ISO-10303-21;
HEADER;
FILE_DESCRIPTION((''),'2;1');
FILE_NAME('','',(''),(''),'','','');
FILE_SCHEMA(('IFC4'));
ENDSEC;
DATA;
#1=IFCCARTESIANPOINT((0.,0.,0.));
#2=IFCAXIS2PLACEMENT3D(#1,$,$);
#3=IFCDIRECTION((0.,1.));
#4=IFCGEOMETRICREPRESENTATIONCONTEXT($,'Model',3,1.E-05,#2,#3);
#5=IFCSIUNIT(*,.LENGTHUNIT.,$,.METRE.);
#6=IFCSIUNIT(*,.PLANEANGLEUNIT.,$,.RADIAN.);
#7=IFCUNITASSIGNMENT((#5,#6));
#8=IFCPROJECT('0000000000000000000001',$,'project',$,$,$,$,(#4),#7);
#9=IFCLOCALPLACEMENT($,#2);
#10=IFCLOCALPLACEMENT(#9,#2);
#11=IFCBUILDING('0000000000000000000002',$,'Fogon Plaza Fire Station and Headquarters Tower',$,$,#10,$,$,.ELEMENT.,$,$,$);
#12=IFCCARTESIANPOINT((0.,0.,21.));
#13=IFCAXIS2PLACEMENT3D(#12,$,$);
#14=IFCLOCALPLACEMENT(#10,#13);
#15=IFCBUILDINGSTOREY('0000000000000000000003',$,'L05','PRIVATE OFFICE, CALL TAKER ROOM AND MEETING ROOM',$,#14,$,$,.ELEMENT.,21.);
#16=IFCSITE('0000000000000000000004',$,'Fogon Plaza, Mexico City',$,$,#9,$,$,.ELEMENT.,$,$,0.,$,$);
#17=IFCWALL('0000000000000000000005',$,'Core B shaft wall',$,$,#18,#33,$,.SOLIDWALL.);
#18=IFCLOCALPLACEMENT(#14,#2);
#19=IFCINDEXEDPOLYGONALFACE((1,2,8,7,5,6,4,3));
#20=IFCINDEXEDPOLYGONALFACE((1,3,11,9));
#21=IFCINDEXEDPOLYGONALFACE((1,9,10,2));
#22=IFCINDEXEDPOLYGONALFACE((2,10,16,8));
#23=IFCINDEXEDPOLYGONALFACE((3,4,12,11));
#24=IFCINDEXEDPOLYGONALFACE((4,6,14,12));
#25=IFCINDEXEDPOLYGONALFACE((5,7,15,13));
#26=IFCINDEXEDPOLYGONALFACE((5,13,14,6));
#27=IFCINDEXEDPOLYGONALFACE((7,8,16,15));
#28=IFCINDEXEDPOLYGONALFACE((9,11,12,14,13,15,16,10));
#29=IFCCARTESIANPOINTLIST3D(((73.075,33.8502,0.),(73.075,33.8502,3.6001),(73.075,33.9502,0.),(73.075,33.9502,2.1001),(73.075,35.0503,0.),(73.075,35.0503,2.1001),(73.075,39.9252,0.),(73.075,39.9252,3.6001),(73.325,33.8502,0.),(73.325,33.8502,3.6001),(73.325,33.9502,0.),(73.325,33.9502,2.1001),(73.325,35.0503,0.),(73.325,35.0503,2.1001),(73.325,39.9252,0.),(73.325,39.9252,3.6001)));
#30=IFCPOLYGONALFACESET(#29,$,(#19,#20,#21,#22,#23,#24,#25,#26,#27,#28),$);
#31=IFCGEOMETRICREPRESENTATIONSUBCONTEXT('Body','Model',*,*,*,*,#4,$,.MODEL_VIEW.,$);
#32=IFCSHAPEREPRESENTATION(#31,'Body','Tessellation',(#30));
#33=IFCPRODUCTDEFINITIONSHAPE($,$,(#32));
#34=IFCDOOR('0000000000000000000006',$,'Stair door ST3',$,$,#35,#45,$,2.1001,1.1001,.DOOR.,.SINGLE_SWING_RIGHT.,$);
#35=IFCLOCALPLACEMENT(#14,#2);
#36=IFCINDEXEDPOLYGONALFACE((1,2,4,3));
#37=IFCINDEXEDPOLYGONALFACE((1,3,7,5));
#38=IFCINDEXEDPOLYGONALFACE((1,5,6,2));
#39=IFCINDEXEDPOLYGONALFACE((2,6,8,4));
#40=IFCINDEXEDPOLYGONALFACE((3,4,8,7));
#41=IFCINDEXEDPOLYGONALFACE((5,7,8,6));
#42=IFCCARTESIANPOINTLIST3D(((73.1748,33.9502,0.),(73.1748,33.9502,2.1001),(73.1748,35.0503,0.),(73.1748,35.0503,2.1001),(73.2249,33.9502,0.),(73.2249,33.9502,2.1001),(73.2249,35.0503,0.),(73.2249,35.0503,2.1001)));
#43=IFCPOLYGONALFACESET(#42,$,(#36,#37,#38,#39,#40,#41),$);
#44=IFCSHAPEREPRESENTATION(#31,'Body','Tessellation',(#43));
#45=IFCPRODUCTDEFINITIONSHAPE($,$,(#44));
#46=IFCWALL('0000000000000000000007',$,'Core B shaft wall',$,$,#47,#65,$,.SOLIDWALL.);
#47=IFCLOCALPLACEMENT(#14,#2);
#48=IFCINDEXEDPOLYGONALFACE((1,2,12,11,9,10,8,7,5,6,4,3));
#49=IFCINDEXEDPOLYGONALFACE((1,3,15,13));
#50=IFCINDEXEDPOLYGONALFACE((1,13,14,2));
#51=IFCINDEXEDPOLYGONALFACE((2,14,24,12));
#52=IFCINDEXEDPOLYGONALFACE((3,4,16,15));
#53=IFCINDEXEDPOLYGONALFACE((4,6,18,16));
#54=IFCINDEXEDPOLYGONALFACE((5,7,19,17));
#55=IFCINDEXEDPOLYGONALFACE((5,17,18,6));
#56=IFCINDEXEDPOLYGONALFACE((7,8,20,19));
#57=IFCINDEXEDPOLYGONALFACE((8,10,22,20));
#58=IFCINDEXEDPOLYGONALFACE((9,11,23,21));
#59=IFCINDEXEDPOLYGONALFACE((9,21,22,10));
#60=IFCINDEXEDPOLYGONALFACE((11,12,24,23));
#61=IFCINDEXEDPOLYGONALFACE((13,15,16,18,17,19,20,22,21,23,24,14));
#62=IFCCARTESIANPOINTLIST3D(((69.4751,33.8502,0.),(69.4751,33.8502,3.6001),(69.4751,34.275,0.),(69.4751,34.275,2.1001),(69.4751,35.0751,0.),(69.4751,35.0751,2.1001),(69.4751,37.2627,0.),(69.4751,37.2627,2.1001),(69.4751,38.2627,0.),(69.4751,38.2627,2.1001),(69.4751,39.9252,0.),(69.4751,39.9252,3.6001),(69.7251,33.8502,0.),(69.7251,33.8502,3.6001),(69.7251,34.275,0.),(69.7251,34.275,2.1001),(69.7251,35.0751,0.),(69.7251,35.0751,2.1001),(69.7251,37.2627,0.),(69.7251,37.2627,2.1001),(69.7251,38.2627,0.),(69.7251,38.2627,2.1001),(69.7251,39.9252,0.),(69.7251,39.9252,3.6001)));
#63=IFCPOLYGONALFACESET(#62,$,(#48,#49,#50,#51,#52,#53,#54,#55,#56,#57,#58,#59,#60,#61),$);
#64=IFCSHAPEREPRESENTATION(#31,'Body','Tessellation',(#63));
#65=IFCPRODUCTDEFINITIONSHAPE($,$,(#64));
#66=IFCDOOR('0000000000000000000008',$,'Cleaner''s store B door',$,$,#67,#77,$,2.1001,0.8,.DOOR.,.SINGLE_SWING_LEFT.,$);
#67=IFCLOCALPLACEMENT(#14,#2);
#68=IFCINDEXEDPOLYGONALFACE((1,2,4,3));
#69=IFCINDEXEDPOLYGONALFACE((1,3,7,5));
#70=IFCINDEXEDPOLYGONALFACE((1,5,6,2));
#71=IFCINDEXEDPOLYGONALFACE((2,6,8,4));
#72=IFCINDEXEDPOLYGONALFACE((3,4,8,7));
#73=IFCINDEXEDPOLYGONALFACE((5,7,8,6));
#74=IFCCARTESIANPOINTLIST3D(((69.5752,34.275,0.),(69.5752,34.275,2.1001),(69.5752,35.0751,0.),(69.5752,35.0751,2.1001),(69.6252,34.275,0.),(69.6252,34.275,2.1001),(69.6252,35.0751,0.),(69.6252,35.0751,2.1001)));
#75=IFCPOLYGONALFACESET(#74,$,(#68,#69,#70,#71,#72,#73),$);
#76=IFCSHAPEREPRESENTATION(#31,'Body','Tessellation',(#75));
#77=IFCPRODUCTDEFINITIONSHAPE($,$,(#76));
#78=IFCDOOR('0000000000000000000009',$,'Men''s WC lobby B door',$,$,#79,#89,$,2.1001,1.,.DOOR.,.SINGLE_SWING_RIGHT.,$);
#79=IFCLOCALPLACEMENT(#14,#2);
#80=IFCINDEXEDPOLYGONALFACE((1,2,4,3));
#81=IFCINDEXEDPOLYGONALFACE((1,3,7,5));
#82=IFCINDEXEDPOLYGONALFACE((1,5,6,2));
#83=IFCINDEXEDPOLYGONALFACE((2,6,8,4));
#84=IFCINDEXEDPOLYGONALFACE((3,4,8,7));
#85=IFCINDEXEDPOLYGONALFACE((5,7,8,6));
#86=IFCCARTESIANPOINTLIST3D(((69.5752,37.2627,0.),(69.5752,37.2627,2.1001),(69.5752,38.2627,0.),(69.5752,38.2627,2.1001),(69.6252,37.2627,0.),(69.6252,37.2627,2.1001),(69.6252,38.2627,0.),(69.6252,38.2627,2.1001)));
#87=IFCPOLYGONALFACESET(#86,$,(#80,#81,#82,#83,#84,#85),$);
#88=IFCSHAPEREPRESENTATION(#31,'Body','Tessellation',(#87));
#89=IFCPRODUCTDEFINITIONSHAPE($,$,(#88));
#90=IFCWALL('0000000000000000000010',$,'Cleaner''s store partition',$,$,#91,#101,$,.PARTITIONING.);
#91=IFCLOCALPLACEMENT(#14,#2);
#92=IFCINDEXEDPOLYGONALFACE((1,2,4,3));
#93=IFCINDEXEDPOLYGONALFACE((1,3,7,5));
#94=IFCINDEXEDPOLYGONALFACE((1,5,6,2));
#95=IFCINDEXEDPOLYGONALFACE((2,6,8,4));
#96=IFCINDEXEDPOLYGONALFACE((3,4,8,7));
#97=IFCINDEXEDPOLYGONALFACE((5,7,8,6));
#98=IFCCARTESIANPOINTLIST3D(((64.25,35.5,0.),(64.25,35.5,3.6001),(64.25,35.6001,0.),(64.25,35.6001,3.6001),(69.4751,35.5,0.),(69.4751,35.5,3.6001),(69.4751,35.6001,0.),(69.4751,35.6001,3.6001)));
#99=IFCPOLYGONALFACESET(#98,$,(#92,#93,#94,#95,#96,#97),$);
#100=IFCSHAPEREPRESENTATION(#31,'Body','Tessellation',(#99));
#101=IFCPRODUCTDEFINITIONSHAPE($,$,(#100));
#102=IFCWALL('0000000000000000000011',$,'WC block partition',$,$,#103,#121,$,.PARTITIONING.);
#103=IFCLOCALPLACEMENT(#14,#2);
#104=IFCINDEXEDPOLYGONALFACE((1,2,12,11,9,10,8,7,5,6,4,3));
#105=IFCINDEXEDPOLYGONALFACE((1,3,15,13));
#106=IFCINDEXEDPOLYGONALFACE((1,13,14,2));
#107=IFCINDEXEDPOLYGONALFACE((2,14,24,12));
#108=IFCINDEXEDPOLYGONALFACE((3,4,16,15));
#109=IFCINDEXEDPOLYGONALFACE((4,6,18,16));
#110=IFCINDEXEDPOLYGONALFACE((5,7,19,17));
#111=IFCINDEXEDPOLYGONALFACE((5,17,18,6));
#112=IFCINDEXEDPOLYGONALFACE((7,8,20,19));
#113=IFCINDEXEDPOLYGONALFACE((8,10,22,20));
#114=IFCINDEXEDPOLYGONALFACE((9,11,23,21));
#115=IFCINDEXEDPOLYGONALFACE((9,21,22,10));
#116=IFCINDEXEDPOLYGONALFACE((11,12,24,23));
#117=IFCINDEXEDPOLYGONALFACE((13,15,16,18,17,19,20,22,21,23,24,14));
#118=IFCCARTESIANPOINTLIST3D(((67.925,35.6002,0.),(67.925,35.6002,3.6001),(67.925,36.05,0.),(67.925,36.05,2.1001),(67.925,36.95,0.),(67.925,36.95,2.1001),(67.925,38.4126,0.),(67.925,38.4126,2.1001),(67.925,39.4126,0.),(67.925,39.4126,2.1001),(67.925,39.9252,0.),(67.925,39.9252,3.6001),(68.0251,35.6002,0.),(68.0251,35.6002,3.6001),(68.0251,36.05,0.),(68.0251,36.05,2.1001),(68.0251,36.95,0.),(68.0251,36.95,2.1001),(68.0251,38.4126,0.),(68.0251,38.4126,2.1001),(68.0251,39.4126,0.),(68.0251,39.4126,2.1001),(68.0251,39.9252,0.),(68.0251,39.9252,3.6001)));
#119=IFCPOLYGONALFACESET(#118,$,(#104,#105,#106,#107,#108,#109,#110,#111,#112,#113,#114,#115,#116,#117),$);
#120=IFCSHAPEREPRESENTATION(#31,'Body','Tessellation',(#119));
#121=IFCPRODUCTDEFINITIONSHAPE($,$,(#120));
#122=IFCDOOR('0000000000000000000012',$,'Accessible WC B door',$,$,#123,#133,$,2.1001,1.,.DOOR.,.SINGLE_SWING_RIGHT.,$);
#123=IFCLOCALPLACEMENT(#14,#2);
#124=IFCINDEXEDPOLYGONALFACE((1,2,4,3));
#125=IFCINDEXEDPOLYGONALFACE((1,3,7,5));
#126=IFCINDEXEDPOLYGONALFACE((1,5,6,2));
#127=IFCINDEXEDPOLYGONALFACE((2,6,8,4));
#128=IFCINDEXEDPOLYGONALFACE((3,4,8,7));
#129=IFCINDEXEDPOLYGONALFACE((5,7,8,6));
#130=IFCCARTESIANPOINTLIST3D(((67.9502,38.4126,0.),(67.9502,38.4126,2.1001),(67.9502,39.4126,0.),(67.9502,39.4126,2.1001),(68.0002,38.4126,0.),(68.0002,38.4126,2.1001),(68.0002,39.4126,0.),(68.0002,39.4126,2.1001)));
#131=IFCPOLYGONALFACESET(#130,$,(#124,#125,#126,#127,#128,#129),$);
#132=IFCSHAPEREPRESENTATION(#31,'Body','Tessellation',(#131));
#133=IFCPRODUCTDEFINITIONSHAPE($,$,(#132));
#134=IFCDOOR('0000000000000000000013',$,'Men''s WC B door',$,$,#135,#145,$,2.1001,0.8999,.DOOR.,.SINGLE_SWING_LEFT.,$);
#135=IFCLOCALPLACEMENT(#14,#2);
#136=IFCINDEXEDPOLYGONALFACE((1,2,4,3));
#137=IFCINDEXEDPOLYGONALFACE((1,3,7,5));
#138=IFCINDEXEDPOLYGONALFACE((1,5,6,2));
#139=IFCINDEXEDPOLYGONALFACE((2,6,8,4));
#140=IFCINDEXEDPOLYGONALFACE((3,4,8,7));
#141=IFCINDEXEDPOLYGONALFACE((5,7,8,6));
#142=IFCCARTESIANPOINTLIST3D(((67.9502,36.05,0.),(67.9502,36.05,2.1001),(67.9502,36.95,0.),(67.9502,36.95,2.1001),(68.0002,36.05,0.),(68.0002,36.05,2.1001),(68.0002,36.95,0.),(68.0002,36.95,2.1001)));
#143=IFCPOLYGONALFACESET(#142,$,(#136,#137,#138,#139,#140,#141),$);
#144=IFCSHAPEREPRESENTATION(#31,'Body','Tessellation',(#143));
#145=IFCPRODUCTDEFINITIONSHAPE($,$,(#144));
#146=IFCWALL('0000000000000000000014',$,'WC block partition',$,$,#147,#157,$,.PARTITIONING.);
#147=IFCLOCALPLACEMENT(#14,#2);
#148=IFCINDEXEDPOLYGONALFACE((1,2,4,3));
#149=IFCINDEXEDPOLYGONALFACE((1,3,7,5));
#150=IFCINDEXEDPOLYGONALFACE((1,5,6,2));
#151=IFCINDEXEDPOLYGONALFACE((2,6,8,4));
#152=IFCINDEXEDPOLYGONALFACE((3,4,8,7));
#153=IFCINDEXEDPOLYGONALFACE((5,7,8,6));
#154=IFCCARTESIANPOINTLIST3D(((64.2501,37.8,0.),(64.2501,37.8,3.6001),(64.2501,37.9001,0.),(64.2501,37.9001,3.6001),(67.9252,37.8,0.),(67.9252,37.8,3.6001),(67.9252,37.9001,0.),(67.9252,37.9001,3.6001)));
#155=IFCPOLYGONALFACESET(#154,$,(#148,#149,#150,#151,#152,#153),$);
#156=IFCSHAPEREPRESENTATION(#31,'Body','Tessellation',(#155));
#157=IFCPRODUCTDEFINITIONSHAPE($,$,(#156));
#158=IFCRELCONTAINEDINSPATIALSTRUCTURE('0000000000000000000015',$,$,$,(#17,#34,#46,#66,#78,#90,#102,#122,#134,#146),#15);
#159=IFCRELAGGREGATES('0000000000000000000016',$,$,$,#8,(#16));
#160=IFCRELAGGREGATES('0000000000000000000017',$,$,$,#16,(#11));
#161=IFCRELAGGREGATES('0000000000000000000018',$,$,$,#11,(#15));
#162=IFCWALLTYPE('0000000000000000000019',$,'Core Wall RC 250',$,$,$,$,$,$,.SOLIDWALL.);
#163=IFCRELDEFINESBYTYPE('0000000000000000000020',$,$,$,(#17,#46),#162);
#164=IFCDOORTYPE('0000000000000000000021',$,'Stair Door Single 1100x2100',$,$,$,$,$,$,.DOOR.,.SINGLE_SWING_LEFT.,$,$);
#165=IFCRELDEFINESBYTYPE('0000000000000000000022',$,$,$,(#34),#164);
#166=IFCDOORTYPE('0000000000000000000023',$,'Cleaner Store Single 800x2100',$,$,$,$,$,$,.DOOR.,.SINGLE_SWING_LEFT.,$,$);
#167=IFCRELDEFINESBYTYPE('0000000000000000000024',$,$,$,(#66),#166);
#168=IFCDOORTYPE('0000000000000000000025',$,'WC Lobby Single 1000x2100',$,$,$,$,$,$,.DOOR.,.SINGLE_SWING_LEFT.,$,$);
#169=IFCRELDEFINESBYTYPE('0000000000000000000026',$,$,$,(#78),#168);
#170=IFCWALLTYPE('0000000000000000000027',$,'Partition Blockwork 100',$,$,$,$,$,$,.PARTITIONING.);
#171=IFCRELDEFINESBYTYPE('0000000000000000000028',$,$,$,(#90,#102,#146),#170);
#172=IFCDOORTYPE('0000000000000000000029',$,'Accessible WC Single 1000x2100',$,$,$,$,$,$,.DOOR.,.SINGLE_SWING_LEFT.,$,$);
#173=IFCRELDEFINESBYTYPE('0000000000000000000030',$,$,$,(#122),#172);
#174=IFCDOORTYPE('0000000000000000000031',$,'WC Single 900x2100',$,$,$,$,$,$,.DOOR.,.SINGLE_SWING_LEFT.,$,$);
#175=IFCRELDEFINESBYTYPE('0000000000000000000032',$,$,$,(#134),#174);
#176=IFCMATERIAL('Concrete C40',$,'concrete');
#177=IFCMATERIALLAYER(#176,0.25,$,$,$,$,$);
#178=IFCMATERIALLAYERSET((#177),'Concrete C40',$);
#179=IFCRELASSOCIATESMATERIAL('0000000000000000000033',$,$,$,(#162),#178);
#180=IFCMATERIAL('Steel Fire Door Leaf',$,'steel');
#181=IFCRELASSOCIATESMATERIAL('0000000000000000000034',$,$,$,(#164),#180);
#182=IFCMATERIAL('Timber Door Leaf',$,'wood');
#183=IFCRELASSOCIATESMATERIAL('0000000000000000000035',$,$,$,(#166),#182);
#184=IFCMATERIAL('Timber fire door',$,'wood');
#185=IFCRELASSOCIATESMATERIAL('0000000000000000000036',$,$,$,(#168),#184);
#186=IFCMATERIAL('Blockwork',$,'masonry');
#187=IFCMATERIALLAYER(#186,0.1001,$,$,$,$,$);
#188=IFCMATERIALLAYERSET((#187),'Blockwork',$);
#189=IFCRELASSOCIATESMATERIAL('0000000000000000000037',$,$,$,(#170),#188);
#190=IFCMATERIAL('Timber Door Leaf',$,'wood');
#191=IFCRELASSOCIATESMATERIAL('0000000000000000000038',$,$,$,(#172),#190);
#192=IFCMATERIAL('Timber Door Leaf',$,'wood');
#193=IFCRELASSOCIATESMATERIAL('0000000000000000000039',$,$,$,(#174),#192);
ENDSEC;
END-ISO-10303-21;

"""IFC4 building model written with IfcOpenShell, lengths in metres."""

from ifc_helpers import new_model, si_unit, direction, frame, frame_2d, origin, place, context, subcontext, project, spatial, rectangle, extrude, material, layer, layer_set, type_object, element, fill, save


model = new_model("IFC4")

# Units and contexts
model_context = context("Model", 3, precision=1e-05, world=origin(), true_north=direction((0.0, 1.0)))
body_context = subcontext(model_context, "Body", "Model", "MODEL_VIEW")
ifc_project = project(units=[si_unit("LENGTHUNIT", "METRE"), si_unit("PLANEANGLEUNIT", "RADIAN")], contexts=[model_context])

# Site, building, storey
site_placement = place(None, origin())
site = spatial("IfcSite", under=ifc_project, at=site_placement, Name="Fogon Plaza, Mexico City", CompositionType="ELEMENT", RefElevation=0.0)
building_placement = place(site_placement, origin())
building = spatial("IfcBuilding", under=site, at=building_placement, Name="Fogon Plaza Fire Station and Headquarters Tower", CompositionType="ELEMENT")
storey_placement = place(building_placement, frame((0.0, 0.0, 21.0)))
storey = spatial("IfcBuildingStorey", under=building, at=storey_placement, Name="L05", Description="PRIVATE OFFICE, CALL TAKER ROOM AND MEETING ROOM", CompositionType="ELEMENT", Elevation=21.0)

# Wall, opening, door
ifc_material_1 = material(Name="Concrete C40", Category="concrete")
ifc_layer_1 = layer(ifc_material_1, 0.25)
ifc_layer_set_1 = layer_set([ifc_layer_1], Name="Concrete C40")
wall_type_1 = type_object("IfcWallType", Name="Core Wall RC 250", PredefinedType="SOLIDWALL", material=ifc_layer_set_1)
wall_1_placement = place(storey_placement, frame((73.2, 33.8501, 0.0), z_axis=(0.0, 0.0, 1.0), x_axis=(0.0, 1.0, 0.0)))
wall_1 = element("IfcWall", 1, at=wall_1_placement, inside=storey, type_object=wall_type_1, Name="Core B shaft wall", PredefinedType="SOLIDWALL", context=body_context, shape_type="SweptSolid", body=[
    extrude(rectangle(XDim=6.075, YDim=0.25, at=frame_2d((3.0376, 0.0))), origin(), (0.0, 0.0, 1.0), 3.6001),
])
opening_1_placement = place(wall_1_placement, frame((0.1001, 0.0, 0.0)))
opening_1 = element("IfcOpeningElement", 2, at=opening_1_placement, cuts=wall_1, PredefinedType="OPENING", context=body_context, shape_type="SweptSolid", body=[
    extrude(rectangle(XDim=1.1001, YDim=2.1001, at=frame_2d((0.55, 1.05))), frame((0.0, 0.135, 0.0), z_axis=(0.0, -1.0, 0.0), x_axis=(1.0, 0.0, 0.0)), (0.0, 0.0, 1.0), 0.27),
])
ifc_material_2 = material(Name="Steel Fire Door Leaf", Category="steel")
door_type_1 = type_object("IfcDoorType", Name="Stair Door Single 1100x2100", OperationType="SINGLE_SWING_LEFT", PredefinedType="DOOR", material=ifc_material_2)
door_1_placement = place(opening_1_placement, frame((1.1001, 0.0, 0.0), z_axis=(0.0, 0.0, 1.0), x_axis=(-1.0, 0.0, 0.0)))
door_1 = element("IfcDoor", 3, at=door_1_placement, inside=storey, type_object=door_type_1, Name="Stair door ST3", OperationType="SINGLE_SWING_RIGHT", OverallHeight=2.1001, OverallWidth=1.1001, PredefinedType="DOOR", context=body_context, shape_type="SweptSolid", body=[
    extrude(rectangle(XDim=1.1001, YDim=2.1001, at=frame_2d((0.55, 1.05))), frame((0.0, 0.0249, 0.0), z_axis=(0.0, -1.0, 0.0), x_axis=(1.0, 0.0, 0.0)), (0.0, 0.0, 1.0), 0.05),
])
fill(opening_1, door_1)

# Wall, openings, doors
wall_2_placement = place(storey_placement, frame((69.6001, 33.8501, 0.0), z_axis=(0.0, 0.0, 1.0), x_axis=(0.0, 1.0, 0.0)))
wall_2 = element("IfcWall", 4, at=wall_2_placement, inside=storey, type_object=wall_type_1, Name="Core B shaft wall", PredefinedType="SOLIDWALL", context=body_context, shape_type="SweptSolid", body=[
    extrude(rectangle(XDim=6.075, YDim=0.25, at=frame_2d((3.0376, 0.0))), origin(), (0.0, 0.0, 1.0), 3.6001),
])
opening_2_placement = place(wall_2_placement, frame((0.425, 0.0, 0.0)))
opening_2 = element("IfcOpeningElement", 5, at=opening_2_placement, cuts=wall_2, PredefinedType="OPENING", context=body_context, shape_type="SweptSolid", body=[
    extrude(rectangle(XDim=0.8, YDim=2.1001, at=frame_2d((0.3999, 1.05))), frame((0.0, 0.135, 0.0), z_axis=(0.0, -1.0, 0.0), x_axis=(1.0, 0.0, 0.0)), (0.0, 0.0, 1.0), 0.27),
])
opening_3_placement = place(wall_2_placement, frame((3.4126, 0.0, 0.0)))
opening_3 = element("IfcOpeningElement", 6, at=opening_3_placement, cuts=wall_2, PredefinedType="OPENING", context=body_context, shape_type="SweptSolid", body=[
    extrude(rectangle(XDim=1.0, YDim=2.1001, at=frame_2d((0.5, 1.05))), frame((0.0, 0.135, 0.0), z_axis=(0.0, -1.0, 0.0), x_axis=(1.0, 0.0, 0.0)), (0.0, 0.0, 1.0), 0.27),
])
ifc_material_3 = material(Name="Timber Door Leaf", Category="wood")
door_type_2 = type_object("IfcDoorType", Name="Cleaner Store Single 800x2100", OperationType="SINGLE_SWING_LEFT", PredefinedType="DOOR", material=ifc_material_3)
door_2_placement = place(opening_2_placement, origin())
door_2 = element("IfcDoor", 7, at=door_2_placement, inside=storey, type_object=door_type_2, Name="Cleaner's store B door", OperationType="SINGLE_SWING_LEFT", OverallHeight=2.1001, OverallWidth=0.8, PredefinedType="DOOR", context=body_context, shape_type="SweptSolid", body=[
    extrude(rectangle(XDim=0.8, YDim=2.1001, at=frame_2d((0.3999, 1.05))), frame((0.0, 0.0249, 0.0), z_axis=(0.0, -1.0, 0.0), x_axis=(1.0, 0.0, 0.0)), (0.0, 0.0, 1.0), 0.05),
])
fill(opening_2, door_2)
ifc_material_4 = material(Name="Timber fire door", Category="wood")
door_type_3 = type_object("IfcDoorType", Name="WC Lobby Single 1000x2100", OperationType="SINGLE_SWING_LEFT", PredefinedType="DOOR", material=ifc_material_4)
door_3_placement = place(opening_3_placement, origin())
door_3 = element("IfcDoor", 8, at=door_3_placement, inside=storey, type_object=door_type_3, Name="Men's WC lobby B door", OperationType="SINGLE_SWING_RIGHT", OverallHeight=2.1001, OverallWidth=1.0, PredefinedType="DOOR", context=body_context, shape_type="SweptSolid", body=[
    extrude(rectangle(XDim=1.0, YDim=2.1001, at=frame_2d((0.5, 1.05))), frame((0.0, 0.0249, 0.0), z_axis=(0.0, -1.0, 0.0), x_axis=(1.0, 0.0, 0.0)), (0.0, 0.0, 1.0), 0.05),
])
fill(opening_3, door_3)

# Wall
ifc_material_5 = material(Name="Blockwork", Category="masonry")
ifc_layer_2 = layer(ifc_material_5, 0.1001)
ifc_layer_set_2 = layer_set([ifc_layer_2], Name="Blockwork")
wall_type_2 = type_object("IfcWallType", Name="Partition Blockwork 100", PredefinedType="PARTITIONING", material=ifc_layer_set_2)
wall_3_placement = place(storey_placement, frame((69.4751, 35.55, 0.0), z_axis=(0.0, 0.0, 1.0), x_axis=(-1.0, 0.0, 0.0)))
element("IfcWall", 9, at=wall_3_placement, inside=storey, type_object=wall_type_2, Name="Cleaner's store partition", PredefinedType="PARTITIONING", context=body_context, shape_type="SweptSolid", body=[
    extrude(rectangle(XDim=5.2251, YDim=0.1001, at=frame_2d((2.6125, 0.0))), origin(), (0.0, 0.0, 1.0), 3.6001),
])

# Wall, openings, doors
wall_4_placement = place(storey_placement, frame((67.9751, 35.6001, 0.0), z_axis=(0.0, 0.0, 1.0), x_axis=(0.0, 1.0, 0.0)))
wall_4 = element("IfcWall", 10, at=wall_4_placement, inside=storey, type_object=wall_type_2, Name="WC block partition", PredefinedType="PARTITIONING", context=body_context, shape_type="SweptSolid", body=[
    extrude(rectangle(XDim=4.325, YDim=0.1001, at=frame_2d((2.1626, 0.0))), origin(), (0.0, 0.0, 1.0), 3.6001),
])
opening_4_placement = place(wall_4_placement, frame((0.45, 0.0, 0.0)))
opening_4 = element("IfcOpeningElement", 11, at=opening_4_placement, cuts=wall_4, PredefinedType="OPENING", context=body_context, shape_type="SweptSolid", body=[
    extrude(rectangle(XDim=0.8999, YDim=2.1001, at=frame_2d((0.45, 1.05))), frame((0.0, 0.0601, 0.0), z_axis=(0.0, -1.0, 0.0), x_axis=(1.0, 0.0, 0.0)), (0.0, 0.0, 1.0), 0.1201),
])
opening_5_placement = place(wall_4_placement, frame((2.8125, 0.0, 0.0)))
opening_5 = element("IfcOpeningElement", 12, at=opening_5_placement, cuts=wall_4, PredefinedType="OPENING", context=body_context, shape_type="SweptSolid", body=[
    extrude(rectangle(XDim=1.0, YDim=2.1001, at=frame_2d((0.5, 1.05))), frame((0.0, 0.0601, 0.0), z_axis=(0.0, -1.0, 0.0), x_axis=(1.0, 0.0, 0.0)), (0.0, 0.0, 1.0), 0.1201),
])
ifc_material_6 = material(Name="Timber Door Leaf", Category="wood")
door_type_4 = type_object("IfcDoorType", Name="Accessible WC Single 1000x2100", OperationType="SINGLE_SWING_LEFT", PredefinedType="DOOR", material=ifc_material_6)
door_4_placement = place(opening_5_placement, origin())
door_4 = element("IfcDoor", 13, at=door_4_placement, inside=storey, type_object=door_type_4, Name="Accessible WC B door", OperationType="SINGLE_SWING_RIGHT", OverallHeight=2.1001, OverallWidth=1.0, PredefinedType="DOOR", context=body_context, shape_type="SweptSolid", body=[
    extrude(rectangle(XDim=1.0, YDim=2.1001, at=frame_2d((0.5, 1.05))), frame((0.0, 0.0249, 0.0), z_axis=(0.0, -1.0, 0.0), x_axis=(1.0, 0.0, 0.0)), (0.0, 0.0, 1.0), 0.05),
])
fill(opening_5, door_4)
ifc_material_7 = material(Name="Timber Door Leaf", Category="wood")
door_type_5 = type_object("IfcDoorType", Name="WC Single 900x2100", OperationType="SINGLE_SWING_LEFT", PredefinedType="DOOR", material=ifc_material_7)
door_5_placement = place(opening_4_placement, origin())
door_5 = element("IfcDoor", 14, at=door_5_placement, inside=storey, type_object=door_type_5, Name="Men's WC B door", OperationType="SINGLE_SWING_LEFT", OverallHeight=2.1001, OverallWidth=0.8999, PredefinedType="DOOR", context=body_context, shape_type="SweptSolid", body=[
    extrude(rectangle(XDim=0.8999, YDim=2.1001, at=frame_2d((0.45, 1.05))), frame((0.0, 0.0249, 0.0), z_axis=(0.0, -1.0, 0.0), x_axis=(1.0, 0.0, 0.0)), (0.0, 0.0, 1.0), 0.05),
])
fill(opening_4, door_5)

# Wall
wall_5_placement = place(storey_placement, frame((67.925, 37.8501, 0.0), z_axis=(0.0, 0.0, 1.0), x_axis=(-1.0, 0.0, 0.0)))
element("IfcWall", 15, at=wall_5_placement, inside=storey, type_object=wall_type_2, Name="WC block partition", PredefinedType="PARTITIONING", context=body_context, shape_type="SweptSolid", body=[
    extrude(rectangle(XDim=3.675, YDim=0.1001, at=frame_2d((1.8374, 0.0))), origin(), (0.0, 0.0, 1.0), 3.6001),
])

save(model, "model.ifc")
